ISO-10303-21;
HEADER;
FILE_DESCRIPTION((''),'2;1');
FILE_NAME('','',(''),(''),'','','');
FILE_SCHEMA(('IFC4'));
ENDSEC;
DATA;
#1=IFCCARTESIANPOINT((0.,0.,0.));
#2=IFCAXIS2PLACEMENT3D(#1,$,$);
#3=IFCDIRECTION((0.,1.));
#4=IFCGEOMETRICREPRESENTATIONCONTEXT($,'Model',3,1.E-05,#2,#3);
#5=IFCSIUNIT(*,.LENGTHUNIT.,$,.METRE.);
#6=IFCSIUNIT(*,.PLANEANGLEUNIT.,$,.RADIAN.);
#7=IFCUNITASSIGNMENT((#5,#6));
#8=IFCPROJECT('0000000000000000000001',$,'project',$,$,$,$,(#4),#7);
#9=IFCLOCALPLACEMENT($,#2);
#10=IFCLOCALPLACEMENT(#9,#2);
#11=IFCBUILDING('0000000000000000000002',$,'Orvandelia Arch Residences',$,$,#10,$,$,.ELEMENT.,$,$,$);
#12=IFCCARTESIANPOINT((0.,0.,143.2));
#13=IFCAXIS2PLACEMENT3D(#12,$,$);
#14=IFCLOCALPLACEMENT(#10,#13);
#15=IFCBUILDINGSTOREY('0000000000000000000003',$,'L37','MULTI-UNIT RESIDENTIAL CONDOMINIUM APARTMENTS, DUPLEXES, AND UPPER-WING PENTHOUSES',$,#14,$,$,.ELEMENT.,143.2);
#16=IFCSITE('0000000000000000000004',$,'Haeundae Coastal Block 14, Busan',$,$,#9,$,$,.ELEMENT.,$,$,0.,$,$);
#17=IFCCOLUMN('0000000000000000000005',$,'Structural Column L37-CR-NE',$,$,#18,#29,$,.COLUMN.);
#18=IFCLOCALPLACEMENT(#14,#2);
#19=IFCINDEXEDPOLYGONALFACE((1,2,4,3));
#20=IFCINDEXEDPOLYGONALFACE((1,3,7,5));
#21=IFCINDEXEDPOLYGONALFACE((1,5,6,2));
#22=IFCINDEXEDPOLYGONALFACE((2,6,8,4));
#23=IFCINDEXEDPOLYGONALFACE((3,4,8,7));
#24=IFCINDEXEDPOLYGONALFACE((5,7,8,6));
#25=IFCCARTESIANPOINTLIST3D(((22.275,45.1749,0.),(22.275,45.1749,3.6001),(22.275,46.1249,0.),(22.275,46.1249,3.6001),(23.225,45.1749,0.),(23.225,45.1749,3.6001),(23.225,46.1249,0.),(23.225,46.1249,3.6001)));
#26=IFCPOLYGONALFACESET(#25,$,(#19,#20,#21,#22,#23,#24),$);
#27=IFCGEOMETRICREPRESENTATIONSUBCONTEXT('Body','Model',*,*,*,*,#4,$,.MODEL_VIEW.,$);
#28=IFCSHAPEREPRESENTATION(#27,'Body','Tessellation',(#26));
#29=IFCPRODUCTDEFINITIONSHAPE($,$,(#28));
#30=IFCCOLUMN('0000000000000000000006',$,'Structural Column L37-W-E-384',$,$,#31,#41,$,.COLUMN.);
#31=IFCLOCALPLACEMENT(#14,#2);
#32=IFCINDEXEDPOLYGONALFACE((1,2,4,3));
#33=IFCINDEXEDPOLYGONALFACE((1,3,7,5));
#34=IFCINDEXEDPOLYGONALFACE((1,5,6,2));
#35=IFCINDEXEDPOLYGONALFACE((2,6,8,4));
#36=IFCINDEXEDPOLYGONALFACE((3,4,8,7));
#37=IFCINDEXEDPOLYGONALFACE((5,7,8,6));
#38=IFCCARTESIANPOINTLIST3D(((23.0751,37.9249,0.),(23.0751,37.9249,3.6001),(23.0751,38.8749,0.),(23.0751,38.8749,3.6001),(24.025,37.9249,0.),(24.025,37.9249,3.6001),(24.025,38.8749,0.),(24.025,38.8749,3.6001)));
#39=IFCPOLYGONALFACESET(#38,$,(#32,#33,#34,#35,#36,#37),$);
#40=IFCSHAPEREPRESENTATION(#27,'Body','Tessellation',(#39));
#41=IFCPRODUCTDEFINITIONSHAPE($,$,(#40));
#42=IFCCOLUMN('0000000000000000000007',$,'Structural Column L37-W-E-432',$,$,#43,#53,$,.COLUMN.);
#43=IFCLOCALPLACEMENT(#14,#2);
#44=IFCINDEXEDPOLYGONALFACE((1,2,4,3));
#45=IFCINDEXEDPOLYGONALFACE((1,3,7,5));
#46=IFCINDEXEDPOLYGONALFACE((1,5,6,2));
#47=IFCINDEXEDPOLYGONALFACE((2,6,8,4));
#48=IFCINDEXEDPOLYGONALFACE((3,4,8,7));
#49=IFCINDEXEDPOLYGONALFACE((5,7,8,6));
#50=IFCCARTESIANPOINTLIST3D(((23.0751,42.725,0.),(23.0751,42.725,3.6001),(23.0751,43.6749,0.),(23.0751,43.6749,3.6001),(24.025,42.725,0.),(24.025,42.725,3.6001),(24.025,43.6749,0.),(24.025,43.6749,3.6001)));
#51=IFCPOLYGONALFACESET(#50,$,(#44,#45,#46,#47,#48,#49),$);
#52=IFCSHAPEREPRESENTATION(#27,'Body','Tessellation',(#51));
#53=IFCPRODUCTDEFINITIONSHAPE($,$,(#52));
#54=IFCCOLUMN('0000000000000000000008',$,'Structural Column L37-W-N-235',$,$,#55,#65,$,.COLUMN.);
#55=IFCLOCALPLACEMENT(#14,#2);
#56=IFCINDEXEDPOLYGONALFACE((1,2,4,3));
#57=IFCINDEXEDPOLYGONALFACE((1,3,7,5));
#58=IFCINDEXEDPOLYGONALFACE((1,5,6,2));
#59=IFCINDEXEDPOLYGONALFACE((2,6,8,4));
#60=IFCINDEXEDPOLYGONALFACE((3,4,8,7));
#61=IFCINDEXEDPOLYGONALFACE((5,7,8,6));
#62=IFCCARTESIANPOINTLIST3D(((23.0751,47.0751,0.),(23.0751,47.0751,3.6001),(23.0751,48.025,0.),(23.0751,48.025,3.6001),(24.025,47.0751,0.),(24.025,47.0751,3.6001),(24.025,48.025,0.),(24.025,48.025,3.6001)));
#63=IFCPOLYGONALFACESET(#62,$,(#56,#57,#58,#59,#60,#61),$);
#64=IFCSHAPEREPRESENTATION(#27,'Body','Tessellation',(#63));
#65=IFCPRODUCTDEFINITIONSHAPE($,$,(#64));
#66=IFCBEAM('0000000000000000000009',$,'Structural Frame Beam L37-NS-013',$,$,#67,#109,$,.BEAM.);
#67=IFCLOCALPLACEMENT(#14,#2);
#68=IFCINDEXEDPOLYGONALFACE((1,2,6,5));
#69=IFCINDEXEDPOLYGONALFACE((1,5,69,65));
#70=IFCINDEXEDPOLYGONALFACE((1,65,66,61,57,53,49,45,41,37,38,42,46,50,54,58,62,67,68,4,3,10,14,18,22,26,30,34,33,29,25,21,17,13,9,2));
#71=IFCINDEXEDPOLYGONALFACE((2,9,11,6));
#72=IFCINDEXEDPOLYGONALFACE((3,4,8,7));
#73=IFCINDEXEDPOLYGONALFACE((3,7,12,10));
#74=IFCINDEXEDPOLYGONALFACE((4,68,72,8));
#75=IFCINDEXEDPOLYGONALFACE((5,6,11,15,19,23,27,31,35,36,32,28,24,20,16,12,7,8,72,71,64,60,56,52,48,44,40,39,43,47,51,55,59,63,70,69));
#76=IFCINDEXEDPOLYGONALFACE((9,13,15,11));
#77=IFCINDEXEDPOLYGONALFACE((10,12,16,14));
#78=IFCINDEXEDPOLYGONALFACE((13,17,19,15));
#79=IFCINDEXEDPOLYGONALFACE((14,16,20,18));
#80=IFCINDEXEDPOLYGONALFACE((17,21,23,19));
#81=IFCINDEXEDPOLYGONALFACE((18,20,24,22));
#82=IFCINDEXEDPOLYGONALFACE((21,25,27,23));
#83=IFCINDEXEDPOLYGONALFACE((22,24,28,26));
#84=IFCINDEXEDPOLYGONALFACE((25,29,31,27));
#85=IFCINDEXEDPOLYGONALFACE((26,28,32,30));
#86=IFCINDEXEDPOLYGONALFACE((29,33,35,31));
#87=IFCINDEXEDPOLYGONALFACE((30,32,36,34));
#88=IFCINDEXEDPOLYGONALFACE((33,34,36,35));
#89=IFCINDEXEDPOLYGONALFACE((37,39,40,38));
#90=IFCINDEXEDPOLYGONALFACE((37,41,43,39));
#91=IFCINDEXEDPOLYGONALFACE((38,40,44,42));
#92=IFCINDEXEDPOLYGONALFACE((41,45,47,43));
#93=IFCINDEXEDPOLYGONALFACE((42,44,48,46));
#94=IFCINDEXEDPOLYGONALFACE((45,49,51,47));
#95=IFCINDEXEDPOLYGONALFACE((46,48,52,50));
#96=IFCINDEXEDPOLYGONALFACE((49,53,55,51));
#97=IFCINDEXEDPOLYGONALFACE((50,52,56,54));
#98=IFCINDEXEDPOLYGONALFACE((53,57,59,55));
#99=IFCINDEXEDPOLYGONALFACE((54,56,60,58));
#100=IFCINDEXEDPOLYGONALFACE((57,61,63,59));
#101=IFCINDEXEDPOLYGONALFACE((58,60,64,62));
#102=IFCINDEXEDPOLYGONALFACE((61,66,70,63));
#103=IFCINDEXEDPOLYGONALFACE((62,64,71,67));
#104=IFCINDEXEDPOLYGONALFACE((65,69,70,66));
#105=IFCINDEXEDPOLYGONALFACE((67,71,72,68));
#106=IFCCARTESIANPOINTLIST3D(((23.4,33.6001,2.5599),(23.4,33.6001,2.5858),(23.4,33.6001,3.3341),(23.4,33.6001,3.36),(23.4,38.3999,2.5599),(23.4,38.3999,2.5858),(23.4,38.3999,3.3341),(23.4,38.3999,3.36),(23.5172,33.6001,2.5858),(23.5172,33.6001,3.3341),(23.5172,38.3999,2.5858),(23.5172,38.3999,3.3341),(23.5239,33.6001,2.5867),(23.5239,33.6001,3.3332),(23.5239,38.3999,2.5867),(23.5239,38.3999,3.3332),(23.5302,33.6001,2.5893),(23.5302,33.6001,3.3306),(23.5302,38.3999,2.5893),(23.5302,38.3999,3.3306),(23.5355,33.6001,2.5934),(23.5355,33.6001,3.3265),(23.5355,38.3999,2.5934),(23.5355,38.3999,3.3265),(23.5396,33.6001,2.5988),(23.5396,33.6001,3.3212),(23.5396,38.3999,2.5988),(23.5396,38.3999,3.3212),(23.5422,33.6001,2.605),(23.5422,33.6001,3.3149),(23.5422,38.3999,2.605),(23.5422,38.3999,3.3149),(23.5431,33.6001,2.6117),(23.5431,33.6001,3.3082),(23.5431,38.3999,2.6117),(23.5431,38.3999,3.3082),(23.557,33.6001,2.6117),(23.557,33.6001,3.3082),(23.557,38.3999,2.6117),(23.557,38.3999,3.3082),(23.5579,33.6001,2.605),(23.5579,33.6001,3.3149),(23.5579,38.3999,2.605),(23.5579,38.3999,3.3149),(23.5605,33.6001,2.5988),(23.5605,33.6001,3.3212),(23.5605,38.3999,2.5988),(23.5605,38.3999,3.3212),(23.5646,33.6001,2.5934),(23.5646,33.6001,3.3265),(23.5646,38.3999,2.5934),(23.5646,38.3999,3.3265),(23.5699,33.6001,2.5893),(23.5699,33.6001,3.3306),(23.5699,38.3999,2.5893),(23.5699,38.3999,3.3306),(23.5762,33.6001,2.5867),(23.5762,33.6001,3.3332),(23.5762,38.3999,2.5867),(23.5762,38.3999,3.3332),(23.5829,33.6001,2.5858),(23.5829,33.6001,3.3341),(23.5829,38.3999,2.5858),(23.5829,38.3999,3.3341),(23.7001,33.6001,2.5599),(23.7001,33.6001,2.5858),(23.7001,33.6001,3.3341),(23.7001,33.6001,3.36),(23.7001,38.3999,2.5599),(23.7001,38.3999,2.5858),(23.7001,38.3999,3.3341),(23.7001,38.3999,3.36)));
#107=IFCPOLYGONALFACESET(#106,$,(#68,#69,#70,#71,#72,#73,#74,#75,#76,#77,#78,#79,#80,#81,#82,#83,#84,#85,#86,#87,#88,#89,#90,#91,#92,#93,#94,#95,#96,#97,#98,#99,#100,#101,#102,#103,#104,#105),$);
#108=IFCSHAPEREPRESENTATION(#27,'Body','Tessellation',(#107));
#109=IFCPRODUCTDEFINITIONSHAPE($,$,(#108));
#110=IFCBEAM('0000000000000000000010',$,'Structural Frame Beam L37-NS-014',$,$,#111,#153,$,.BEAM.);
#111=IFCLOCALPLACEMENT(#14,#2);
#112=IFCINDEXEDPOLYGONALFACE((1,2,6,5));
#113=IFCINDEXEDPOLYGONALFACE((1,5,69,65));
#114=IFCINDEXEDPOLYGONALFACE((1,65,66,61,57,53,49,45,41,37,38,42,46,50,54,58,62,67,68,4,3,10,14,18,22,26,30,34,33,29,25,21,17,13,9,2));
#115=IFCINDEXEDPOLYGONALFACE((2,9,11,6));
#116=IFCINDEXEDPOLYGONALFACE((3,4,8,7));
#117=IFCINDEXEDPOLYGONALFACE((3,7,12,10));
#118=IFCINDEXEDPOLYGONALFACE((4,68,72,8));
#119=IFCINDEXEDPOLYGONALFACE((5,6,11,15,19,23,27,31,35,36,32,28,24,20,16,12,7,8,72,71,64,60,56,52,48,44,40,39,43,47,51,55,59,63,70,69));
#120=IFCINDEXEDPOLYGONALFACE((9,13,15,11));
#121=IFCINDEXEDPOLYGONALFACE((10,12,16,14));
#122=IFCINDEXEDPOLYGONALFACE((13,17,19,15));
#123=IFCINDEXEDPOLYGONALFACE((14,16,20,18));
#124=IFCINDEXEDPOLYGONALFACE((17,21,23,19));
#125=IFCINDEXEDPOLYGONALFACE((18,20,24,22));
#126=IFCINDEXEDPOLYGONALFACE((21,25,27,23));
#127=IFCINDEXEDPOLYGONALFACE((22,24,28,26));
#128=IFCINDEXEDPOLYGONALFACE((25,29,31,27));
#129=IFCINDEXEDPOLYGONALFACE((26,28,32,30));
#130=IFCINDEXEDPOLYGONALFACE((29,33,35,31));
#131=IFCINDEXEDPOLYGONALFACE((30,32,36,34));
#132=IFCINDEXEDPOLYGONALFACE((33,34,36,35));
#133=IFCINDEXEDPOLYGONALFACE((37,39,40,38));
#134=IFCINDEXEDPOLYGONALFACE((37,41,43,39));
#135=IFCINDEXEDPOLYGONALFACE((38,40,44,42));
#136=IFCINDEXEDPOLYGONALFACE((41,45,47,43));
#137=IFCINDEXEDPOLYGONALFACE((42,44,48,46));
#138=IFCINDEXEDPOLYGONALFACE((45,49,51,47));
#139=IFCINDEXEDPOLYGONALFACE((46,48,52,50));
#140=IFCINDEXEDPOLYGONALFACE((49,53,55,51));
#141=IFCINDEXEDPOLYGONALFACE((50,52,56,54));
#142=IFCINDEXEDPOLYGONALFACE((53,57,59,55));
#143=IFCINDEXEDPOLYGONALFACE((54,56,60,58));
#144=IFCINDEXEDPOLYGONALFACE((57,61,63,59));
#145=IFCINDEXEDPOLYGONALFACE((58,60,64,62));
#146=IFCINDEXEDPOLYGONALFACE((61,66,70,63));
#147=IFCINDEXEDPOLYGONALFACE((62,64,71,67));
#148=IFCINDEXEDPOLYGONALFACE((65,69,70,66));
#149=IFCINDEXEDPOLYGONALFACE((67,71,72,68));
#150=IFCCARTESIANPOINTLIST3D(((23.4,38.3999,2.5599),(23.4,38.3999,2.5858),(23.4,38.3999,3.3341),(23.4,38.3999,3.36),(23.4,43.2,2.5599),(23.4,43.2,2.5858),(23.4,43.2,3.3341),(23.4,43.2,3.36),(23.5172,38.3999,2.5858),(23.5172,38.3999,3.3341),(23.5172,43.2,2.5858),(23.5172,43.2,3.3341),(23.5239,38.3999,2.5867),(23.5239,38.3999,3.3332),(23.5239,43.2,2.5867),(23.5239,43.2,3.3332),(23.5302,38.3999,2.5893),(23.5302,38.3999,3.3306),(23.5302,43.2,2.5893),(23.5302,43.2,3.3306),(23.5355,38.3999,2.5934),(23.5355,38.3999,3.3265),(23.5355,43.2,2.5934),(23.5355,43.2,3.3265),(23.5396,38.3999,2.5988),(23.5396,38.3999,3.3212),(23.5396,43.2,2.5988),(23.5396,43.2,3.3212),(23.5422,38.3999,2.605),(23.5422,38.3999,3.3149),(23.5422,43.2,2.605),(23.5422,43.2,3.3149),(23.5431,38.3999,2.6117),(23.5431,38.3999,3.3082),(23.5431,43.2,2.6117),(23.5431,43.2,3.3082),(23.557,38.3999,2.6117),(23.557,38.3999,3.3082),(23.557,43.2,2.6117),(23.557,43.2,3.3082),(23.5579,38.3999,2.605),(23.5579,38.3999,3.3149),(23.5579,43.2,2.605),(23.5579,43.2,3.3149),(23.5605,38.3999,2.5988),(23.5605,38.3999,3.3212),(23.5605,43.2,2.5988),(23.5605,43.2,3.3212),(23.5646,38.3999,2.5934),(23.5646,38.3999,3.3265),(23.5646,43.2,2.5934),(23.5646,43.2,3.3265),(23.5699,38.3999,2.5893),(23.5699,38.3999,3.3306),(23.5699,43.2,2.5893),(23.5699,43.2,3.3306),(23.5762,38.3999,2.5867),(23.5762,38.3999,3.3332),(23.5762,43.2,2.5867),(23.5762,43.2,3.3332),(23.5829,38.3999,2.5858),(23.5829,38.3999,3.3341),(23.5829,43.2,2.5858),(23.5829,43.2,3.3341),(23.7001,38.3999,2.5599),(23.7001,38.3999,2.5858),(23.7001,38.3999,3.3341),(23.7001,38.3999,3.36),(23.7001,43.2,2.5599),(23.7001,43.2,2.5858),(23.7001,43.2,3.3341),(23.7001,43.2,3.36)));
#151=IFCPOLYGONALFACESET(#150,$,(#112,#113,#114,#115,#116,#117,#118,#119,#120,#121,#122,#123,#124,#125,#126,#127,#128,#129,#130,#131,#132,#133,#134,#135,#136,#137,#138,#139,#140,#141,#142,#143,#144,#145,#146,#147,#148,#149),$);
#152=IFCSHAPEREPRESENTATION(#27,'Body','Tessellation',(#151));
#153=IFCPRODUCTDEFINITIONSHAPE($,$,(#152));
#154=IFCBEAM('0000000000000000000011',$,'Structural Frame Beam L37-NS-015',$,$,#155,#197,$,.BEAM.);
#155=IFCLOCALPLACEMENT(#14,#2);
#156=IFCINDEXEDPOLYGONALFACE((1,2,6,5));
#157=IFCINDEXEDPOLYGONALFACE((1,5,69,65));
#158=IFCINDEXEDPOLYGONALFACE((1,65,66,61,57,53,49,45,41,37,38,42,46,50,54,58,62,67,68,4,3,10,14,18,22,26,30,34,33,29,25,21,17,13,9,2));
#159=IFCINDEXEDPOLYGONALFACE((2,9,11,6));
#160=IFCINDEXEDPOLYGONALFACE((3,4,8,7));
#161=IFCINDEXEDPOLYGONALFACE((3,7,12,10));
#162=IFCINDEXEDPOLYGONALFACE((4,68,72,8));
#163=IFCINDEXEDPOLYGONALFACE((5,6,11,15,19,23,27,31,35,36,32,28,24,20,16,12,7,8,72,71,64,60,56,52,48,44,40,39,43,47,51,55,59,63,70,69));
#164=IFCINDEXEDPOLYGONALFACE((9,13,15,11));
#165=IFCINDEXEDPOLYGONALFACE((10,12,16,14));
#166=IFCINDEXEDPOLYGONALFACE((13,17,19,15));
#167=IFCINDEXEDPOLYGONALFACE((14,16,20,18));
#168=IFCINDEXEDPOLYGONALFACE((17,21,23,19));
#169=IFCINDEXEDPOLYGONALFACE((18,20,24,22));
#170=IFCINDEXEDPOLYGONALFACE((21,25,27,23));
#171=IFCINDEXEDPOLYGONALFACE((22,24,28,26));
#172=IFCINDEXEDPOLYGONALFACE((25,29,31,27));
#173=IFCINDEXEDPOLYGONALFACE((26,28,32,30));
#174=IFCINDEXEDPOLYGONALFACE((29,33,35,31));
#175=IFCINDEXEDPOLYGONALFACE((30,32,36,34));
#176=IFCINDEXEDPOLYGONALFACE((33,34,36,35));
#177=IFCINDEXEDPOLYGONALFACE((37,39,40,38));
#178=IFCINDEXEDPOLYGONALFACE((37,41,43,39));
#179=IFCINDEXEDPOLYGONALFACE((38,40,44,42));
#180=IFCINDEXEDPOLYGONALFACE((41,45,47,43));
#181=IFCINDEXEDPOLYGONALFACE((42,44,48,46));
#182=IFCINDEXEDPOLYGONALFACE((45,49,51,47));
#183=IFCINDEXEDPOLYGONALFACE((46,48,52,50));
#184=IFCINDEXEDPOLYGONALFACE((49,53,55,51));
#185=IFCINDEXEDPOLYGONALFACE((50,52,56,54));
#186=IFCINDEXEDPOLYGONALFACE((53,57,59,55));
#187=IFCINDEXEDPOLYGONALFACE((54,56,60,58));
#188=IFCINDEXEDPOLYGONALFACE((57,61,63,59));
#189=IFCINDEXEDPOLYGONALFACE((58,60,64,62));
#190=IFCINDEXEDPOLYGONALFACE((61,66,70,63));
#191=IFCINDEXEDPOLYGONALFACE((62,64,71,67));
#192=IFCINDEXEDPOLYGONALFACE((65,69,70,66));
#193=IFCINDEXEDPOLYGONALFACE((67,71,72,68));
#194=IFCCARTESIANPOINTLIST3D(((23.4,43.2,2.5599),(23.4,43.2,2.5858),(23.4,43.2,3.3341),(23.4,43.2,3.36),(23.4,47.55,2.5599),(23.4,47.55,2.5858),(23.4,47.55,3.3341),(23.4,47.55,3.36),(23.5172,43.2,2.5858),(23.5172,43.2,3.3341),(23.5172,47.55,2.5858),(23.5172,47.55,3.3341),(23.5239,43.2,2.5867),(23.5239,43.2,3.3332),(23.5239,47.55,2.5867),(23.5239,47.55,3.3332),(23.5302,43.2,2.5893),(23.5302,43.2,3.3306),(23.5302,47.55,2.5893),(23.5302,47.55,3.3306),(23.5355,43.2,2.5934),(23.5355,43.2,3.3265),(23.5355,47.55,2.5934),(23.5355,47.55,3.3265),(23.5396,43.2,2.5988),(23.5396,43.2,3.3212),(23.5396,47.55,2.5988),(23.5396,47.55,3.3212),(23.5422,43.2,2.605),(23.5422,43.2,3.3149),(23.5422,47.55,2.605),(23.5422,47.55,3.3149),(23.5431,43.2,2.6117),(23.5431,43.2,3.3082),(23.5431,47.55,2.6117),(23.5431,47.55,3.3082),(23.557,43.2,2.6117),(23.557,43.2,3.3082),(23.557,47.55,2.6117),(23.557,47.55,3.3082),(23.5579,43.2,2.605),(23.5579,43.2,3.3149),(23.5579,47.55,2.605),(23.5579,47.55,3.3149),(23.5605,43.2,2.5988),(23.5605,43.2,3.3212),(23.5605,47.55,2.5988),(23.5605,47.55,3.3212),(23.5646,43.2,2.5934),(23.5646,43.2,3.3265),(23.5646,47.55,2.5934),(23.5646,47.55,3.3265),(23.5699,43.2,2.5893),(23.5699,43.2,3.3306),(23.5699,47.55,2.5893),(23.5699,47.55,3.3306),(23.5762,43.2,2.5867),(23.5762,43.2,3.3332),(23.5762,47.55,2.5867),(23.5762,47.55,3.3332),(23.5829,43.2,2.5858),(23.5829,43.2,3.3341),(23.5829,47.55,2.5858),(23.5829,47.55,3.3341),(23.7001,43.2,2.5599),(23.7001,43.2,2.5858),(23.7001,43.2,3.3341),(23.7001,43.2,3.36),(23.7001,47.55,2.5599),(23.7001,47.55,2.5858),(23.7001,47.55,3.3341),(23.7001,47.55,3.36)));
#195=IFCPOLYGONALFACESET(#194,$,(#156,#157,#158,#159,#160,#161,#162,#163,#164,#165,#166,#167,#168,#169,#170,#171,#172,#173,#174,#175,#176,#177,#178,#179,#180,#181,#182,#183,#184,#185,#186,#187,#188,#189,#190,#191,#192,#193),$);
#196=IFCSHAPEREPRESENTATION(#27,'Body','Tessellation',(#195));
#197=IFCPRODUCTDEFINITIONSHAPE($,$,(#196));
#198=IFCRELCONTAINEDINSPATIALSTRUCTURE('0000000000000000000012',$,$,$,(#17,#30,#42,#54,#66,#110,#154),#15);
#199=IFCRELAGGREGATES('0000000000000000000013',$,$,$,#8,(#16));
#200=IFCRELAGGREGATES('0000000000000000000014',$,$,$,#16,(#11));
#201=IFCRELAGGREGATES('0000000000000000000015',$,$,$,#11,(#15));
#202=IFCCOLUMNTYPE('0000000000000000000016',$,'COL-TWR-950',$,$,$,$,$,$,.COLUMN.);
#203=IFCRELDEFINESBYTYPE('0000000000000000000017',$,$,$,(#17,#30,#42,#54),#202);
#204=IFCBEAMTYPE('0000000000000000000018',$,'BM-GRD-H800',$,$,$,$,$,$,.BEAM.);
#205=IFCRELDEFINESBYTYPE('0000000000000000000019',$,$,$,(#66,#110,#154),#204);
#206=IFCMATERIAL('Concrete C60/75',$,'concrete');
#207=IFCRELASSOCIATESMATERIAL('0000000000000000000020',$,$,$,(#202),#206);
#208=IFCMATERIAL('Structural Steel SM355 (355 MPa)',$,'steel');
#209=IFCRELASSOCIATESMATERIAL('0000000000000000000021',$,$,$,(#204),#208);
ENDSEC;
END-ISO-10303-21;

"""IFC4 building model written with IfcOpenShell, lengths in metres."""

from ifc_helpers import new_model, si_unit, direction, frame, origin, origin_2d, place, context, subcontext, project, spatial, rectangle, i_section, extrude, material, material_profile, profile_set, type_object, element, save


model = new_model("IFC4")

# Units and contexts
model_context = context("Model", 3, precision=1e-05, world=origin(), true_north=direction((0.0, 1.0)))
body_context = subcontext(model_context, "Body", "Model", "MODEL_VIEW")
ifc_project = project(units=[si_unit("LENGTHUNIT", "METRE"), si_unit("PLANEANGLEUNIT", "RADIAN")], contexts=[model_context])

# Site, building, storey
site_placement = place(None, origin())
site = spatial("IfcSite", under=ifc_project, at=site_placement, Name="Haeundae Coastal Block 14, Busan", CompositionType="ELEMENT", RefElevation=0.0)
building_placement = place(site_placement, origin())
building = spatial("IfcBuilding", under=site, at=building_placement, Name="Orvandelia Arch Residences", CompositionType="ELEMENT")
storey_placement = place(building_placement, frame((0.0, 0.0, 143.2)))
storey = spatial("IfcBuildingStorey", under=building, at=storey_placement, Name="L37", Description="MULTI-UNIT RESIDENTIAL CONDOMINIUM APARTMENTS, DUPLEXES, AND UPPER-WING PENTHOUSES", CompositionType="ELEMENT", Elevation=143.2)

# Columns
ifc_material_1 = material(Name="Concrete C60/75", Category="concrete")
ifc_material_profile_1 = material_profile(ifc_material_1, rectangle(XDim=0.95, YDim=0.95, at=origin_2d()), Name="Concrete C60/75", Category="concrete")
ifc_profile_set_1 = profile_set([ifc_material_profile_1], Name="Concrete C60/75")
column_type = type_object("IfcColumnType", Name="COL-TWR-950", PredefinedType="COLUMN", material=ifc_profile_set_1)
for number, where, z_axis, x_axis, name in (
    (1, (22.75, 45.6499, 0.0), (0.0, 0.0, 1.0), (1.0, 0.0, 0.0), "Structural Column L37-CR-NE"),
    (2, (23.55, 38.3999, 0.0), (0.0, 0.0, 1.0), (1.0, 0.0, 0.0), "Structural Column L37-W-E-384"),
    (3, (23.55, 43.2, 0.0), (0.0, 0.0, 1.0), (1.0, 0.0, 0.0), "Structural Column L37-W-E-432"),
    (4, (23.55, 47.55, 0.0), (0.0, 0.0, 1.0), (1.0, 0.0, 0.0), "Structural Column L37-W-N-235"),
):
    element("IfcColumn", number, at=place(storey_placement, frame(where, z_axis=z_axis, x_axis=x_axis)), inside=storey, type_object=column_type, Name=name, PredefinedType="COLUMN", context=body_context, shape_type="SweptSolid", body=[
        extrude(rectangle(XDim=0.95, YDim=0.95, at=origin_2d()), origin(), (0.0, 0.0, 1.0), 3.6001),
    ])

# Beams
ifc_material_2 = material(Name="Structural Steel SM355 (355 MPa)", Category="steel")
ifc_material_profile_2 = material_profile(ifc_material_2, i_section(OverallWidth=0.3, OverallDepth=0.8, WebThickness=0.0139, FlangeThickness=0.0259, FilletRadius=0.0259, at=origin_2d()), Name="Structural Steel SM355 (355 MPa)", Category="steel")
ifc_profile_set_2 = profile_set([ifc_material_profile_2], Name="Structural Steel SM355 (355 MPa)")
beam_type = type_object("IfcBeamType", Name="BM-GRD-H800", PredefinedType="BEAM", material=ifc_profile_set_2)
beam_1_placement = place(storey_placement, frame((23.55, 33.6001, 2.96), z_axis=(0.0, 1.0, 0.0), x_axis=(-1.0, 0.0, 0.0)))
element("IfcBeam", 5, at=beam_1_placement, inside=storey, type_object=beam_type, Name="Structural Frame Beam L37-NS-013", PredefinedType="BEAM", context=body_context, shape_type="SweptSolid", body=[
    extrude(i_section(OverallWidth=0.3, OverallDepth=0.8, WebThickness=0.0139, FlangeThickness=0.0259, FilletRadius=0.0259, at=origin_2d()), origin(), (0.0, 0.0, 1.0), 4.7998),
])
beam_2_placement = place(storey_placement, frame((23.55, 38.3999, 2.96), z_axis=(0.0, 1.0, 0.0), x_axis=(-1.0, 0.0, 0.0)))
element("IfcBeam", 6, at=beam_2_placement, inside=storey, type_object=beam_type, Name="Structural Frame Beam L37-NS-014", PredefinedType="BEAM", context=body_context, shape_type="SweptSolid", body=[
    extrude(i_section(OverallWidth=0.3, OverallDepth=0.8, WebThickness=0.0139, FlangeThickness=0.0259, FilletRadius=0.0259, at=origin_2d()), origin(), (0.0, 0.0, 1.0), 4.8),
])
beam_3_placement = place(storey_placement, frame((23.55, 43.2, 2.96), z_axis=(0.0, 1.0, 0.0), x_axis=(-1.0, 0.0, 0.0)))
element("IfcBeam", 7, at=beam_3_placement, inside=storey, type_object=beam_type, Name="Structural Frame Beam L37-NS-015", PredefinedType="BEAM", context=body_context, shape_type="SweptSolid", body=[
    extrude(i_section(OverallWidth=0.3, OverallDepth=0.8, WebThickness=0.0139, FlangeThickness=0.0259, FilletRadius=0.0259, at=origin_2d()), origin(), (0.0, 0.0, 1.0), 4.3501),
])

save(model, "model.ifc")
